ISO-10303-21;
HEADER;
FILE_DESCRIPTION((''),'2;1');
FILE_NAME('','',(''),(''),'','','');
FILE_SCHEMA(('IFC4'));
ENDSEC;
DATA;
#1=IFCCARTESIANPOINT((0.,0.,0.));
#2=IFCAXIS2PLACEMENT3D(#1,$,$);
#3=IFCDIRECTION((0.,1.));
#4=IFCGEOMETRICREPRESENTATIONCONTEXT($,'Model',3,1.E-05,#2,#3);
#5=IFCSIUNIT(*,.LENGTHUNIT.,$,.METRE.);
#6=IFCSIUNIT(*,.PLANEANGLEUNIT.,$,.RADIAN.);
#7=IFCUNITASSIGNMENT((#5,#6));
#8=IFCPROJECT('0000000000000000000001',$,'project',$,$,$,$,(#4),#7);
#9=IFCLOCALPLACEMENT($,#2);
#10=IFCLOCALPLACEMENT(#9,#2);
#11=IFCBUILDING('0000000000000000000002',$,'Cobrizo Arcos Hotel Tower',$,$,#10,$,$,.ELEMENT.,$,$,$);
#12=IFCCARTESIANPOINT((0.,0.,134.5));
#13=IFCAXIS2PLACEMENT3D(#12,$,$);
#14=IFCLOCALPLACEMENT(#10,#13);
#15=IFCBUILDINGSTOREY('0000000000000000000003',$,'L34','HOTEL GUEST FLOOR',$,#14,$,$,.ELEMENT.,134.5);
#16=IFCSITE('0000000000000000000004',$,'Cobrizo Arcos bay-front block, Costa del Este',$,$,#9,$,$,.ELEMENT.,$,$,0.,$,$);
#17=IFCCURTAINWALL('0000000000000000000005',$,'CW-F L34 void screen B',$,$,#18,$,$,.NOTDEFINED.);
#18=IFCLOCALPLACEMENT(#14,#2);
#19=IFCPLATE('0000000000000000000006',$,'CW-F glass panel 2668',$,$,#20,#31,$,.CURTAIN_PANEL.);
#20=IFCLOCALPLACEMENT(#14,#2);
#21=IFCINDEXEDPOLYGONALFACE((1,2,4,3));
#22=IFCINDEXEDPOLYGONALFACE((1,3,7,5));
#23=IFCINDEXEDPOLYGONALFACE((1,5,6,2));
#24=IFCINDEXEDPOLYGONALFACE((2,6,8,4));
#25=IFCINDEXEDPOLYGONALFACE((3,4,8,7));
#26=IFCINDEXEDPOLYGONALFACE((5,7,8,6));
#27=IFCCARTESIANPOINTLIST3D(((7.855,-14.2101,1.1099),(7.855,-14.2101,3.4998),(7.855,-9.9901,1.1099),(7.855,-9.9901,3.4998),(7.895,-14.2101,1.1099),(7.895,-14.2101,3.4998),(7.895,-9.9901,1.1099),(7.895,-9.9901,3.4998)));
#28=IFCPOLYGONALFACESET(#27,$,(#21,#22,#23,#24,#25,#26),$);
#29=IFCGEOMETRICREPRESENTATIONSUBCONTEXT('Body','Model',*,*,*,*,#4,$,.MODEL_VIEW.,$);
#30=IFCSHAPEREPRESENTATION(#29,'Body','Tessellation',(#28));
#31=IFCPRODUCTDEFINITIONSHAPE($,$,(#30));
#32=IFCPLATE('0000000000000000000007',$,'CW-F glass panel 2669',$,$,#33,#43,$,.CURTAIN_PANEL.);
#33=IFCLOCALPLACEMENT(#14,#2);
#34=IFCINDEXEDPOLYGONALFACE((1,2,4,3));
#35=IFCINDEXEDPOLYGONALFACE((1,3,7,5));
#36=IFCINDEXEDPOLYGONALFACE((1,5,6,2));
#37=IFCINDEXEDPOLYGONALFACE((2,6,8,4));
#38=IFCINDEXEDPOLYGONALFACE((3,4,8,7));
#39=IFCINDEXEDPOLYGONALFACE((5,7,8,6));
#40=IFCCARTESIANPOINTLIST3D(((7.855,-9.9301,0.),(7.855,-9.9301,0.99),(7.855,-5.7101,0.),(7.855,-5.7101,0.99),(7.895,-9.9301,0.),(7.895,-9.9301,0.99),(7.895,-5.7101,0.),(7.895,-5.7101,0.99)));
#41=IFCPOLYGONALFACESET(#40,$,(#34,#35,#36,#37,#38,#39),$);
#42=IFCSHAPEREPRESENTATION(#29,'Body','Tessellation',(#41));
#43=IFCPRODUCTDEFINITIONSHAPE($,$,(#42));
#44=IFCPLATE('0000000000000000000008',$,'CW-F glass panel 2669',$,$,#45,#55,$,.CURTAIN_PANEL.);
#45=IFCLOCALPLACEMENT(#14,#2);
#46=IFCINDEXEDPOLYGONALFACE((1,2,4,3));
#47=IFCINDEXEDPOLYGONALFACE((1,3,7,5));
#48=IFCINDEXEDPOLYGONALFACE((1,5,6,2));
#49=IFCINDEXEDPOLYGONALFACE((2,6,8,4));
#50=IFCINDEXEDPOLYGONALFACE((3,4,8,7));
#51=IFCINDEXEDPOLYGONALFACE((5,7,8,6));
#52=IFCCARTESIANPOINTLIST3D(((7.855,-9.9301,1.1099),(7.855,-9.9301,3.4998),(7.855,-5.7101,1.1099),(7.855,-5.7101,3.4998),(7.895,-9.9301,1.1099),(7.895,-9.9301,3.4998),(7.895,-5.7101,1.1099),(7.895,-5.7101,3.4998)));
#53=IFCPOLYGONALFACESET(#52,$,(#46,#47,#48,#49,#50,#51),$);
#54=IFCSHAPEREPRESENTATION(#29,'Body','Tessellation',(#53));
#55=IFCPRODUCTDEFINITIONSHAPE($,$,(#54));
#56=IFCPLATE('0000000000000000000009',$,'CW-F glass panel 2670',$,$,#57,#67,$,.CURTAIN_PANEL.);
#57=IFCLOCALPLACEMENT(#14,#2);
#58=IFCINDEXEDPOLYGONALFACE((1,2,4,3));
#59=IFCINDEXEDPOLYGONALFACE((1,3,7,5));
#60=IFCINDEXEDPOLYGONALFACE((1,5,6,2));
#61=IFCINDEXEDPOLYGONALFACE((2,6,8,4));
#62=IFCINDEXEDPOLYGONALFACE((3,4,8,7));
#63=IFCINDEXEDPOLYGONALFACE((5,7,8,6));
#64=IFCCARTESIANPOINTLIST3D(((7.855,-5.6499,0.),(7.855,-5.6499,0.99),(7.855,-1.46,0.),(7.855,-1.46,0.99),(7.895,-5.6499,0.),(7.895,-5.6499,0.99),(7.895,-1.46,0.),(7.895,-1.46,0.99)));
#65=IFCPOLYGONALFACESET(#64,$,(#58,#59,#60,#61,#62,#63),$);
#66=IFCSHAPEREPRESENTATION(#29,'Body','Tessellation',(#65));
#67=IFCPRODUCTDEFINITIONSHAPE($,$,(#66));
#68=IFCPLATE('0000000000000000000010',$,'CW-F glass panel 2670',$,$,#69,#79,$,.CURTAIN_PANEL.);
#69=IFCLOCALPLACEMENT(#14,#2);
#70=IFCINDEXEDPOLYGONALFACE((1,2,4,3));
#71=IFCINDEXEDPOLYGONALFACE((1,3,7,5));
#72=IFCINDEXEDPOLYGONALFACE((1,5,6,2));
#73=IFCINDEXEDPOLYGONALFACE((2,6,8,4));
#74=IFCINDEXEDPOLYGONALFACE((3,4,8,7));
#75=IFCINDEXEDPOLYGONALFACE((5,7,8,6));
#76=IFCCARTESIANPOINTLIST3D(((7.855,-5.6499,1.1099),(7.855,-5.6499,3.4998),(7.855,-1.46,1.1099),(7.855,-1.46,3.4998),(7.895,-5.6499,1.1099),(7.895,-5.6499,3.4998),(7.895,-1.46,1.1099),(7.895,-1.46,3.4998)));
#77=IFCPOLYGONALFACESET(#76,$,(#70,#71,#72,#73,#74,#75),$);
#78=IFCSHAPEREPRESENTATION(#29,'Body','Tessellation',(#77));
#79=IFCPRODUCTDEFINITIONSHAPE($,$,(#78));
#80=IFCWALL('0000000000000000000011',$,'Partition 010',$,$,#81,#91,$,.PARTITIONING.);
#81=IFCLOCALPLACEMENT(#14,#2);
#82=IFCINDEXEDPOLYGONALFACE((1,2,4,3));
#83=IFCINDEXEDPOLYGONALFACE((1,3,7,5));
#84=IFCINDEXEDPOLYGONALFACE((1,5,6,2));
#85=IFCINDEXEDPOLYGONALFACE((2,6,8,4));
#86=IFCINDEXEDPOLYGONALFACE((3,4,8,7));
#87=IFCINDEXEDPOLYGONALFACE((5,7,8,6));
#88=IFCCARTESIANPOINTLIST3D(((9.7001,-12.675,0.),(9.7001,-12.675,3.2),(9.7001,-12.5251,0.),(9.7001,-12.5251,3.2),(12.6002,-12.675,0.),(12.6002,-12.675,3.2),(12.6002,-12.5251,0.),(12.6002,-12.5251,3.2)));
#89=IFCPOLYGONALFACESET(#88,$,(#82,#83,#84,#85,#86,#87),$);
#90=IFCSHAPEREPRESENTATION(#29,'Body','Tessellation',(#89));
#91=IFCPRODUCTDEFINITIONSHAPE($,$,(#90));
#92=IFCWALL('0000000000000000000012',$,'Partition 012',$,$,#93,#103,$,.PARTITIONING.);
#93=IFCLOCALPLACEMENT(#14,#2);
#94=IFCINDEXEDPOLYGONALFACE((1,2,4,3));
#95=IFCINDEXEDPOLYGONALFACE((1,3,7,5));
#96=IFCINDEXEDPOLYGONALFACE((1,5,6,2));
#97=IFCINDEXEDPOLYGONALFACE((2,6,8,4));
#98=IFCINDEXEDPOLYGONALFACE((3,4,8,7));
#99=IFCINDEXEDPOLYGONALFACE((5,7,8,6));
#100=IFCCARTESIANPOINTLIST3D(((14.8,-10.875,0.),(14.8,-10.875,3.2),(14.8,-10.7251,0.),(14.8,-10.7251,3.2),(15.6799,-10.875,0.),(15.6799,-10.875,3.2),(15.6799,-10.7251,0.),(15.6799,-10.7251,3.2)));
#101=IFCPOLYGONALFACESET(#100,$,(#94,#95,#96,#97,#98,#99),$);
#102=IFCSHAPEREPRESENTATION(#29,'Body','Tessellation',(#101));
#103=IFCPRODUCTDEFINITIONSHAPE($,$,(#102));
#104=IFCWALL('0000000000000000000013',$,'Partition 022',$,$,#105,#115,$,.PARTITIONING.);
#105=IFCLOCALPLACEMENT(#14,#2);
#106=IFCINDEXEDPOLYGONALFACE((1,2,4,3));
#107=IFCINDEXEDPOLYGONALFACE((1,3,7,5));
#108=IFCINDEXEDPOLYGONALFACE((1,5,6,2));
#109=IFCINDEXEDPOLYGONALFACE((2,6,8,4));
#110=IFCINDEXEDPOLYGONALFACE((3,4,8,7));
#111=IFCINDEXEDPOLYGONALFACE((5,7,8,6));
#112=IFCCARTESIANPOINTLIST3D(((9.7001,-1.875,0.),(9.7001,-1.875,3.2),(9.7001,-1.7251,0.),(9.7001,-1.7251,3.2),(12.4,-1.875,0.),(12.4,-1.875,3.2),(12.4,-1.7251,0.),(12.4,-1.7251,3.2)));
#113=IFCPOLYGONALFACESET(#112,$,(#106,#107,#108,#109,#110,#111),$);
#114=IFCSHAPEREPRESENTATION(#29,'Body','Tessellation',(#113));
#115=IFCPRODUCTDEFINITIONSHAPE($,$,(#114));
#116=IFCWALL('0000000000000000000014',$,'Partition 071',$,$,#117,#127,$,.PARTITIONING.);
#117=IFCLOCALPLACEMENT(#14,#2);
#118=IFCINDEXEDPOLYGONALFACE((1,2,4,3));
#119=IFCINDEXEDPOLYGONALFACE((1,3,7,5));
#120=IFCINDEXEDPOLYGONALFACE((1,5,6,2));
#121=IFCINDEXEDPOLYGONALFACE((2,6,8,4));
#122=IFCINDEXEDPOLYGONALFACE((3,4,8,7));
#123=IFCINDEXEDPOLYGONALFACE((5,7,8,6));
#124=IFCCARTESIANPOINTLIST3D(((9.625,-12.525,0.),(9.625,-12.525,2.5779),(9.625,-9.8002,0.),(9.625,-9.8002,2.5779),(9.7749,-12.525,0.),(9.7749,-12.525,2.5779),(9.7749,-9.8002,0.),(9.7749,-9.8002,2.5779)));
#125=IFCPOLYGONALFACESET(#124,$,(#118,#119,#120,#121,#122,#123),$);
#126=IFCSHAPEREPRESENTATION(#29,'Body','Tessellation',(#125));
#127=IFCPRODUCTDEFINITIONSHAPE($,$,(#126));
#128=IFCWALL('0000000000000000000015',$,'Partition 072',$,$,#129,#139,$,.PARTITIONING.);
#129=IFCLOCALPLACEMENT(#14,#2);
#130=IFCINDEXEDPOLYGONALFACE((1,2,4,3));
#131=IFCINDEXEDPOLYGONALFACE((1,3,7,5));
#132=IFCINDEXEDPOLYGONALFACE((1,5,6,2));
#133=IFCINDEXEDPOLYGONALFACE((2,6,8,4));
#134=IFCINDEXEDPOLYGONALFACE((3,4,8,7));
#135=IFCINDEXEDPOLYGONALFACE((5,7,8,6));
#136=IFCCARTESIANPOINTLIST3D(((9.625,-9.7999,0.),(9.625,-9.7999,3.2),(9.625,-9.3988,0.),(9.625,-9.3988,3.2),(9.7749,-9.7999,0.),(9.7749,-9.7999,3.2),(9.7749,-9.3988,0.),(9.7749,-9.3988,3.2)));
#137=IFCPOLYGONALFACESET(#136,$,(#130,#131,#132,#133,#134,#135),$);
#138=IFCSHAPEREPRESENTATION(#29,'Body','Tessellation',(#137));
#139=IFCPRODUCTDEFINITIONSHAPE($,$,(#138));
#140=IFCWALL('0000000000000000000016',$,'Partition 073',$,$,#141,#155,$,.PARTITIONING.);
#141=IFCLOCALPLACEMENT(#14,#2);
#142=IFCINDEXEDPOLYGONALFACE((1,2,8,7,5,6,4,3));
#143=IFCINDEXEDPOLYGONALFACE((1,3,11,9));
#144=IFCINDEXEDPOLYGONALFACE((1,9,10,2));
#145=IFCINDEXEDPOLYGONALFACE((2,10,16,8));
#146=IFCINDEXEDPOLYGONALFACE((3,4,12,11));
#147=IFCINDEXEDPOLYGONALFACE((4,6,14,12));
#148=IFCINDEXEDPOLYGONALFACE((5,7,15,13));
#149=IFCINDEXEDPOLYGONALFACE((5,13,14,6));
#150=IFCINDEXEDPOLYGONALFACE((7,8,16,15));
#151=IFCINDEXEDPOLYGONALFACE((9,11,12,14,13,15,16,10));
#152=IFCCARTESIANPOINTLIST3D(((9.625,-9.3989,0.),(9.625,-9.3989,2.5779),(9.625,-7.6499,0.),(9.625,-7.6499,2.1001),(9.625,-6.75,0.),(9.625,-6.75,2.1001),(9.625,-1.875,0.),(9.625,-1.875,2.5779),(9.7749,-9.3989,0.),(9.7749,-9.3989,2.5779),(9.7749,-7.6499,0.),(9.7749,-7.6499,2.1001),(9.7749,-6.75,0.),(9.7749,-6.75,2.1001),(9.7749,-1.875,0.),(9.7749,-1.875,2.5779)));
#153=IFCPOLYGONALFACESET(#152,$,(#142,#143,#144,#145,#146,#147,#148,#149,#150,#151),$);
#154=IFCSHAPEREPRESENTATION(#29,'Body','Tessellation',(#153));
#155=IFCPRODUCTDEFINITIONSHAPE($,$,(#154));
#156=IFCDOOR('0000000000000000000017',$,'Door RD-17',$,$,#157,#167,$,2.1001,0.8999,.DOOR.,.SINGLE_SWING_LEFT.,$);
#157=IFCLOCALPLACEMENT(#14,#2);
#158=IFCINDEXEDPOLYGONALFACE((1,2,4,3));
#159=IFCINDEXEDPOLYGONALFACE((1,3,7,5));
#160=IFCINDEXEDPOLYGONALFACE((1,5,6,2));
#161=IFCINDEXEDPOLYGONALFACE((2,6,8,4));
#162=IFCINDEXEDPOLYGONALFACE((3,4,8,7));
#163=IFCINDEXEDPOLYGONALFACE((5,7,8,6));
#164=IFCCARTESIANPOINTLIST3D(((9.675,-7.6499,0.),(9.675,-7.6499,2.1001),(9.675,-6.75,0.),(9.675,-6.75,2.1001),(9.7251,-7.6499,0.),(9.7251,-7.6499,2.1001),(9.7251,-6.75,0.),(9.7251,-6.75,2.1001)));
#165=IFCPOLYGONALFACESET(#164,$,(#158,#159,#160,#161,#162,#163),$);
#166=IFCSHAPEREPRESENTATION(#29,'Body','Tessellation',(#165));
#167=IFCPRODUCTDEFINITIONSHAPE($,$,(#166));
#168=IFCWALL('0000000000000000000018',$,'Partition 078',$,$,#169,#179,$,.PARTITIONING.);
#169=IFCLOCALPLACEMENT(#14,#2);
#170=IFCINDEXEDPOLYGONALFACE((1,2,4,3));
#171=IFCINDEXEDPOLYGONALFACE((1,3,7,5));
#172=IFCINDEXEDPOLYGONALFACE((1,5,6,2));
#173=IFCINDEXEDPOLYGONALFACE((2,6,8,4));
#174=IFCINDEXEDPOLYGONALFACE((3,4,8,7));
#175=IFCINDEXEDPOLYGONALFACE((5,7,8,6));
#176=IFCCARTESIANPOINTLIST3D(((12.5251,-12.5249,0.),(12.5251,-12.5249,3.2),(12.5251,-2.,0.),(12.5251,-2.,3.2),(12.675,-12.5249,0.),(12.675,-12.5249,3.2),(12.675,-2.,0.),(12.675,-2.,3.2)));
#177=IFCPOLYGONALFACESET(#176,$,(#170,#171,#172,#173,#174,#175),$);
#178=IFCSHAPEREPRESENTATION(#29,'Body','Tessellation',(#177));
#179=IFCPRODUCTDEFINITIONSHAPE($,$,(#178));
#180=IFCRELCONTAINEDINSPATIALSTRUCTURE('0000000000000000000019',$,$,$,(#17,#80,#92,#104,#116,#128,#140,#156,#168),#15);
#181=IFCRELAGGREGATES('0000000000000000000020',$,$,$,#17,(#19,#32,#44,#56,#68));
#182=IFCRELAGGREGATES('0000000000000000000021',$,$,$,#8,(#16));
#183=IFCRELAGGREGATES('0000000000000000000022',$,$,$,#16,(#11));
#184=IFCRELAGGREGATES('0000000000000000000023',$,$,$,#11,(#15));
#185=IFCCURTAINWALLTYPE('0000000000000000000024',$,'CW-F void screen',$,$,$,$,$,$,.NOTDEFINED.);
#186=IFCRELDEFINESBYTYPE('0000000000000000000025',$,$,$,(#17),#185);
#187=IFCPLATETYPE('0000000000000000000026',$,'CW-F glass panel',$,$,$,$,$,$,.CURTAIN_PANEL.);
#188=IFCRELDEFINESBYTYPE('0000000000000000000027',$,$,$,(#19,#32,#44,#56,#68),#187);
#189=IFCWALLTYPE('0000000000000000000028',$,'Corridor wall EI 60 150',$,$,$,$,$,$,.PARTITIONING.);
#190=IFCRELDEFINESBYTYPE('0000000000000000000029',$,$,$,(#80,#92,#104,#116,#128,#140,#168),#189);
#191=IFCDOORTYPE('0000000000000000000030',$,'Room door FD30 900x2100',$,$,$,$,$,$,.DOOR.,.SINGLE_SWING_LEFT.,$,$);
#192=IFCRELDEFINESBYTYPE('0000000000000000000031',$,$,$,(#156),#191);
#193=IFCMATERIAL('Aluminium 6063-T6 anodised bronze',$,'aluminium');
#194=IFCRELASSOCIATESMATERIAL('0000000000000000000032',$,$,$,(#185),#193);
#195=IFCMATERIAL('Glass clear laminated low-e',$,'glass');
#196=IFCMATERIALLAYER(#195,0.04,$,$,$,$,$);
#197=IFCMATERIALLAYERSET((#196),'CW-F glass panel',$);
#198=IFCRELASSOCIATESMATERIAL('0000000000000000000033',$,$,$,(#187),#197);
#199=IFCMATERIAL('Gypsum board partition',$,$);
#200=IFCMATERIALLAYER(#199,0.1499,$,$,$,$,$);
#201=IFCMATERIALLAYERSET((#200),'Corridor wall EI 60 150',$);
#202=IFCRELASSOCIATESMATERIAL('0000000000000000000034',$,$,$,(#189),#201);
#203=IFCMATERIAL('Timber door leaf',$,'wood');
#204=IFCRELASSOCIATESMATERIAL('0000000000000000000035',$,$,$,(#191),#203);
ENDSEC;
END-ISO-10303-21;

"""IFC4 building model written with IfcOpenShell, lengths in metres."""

from ifc_helpers import new_model, si_unit, direction, frame, frame_2d, origin, origin_2d, place, context, subcontext, project, spatial, rectangle, extrude, material, layer, layer_set, type_object, element, fill, aggregate, save


model = new_model("IFC4")

# Units and contexts
model_context = context("Model", 3, precision=1e-05, world=origin(), true_north=direction((0.0, 1.0)))
body_context = subcontext(model_context, "Body", "Model", "MODEL_VIEW")
ifc_project = project(units=[si_unit("LENGTHUNIT", "METRE"), si_unit("PLANEANGLEUNIT", "RADIAN")], contexts=[model_context])

# Site, building, storey
site_placement = place(None, origin())
site = spatial("IfcSite", under=ifc_project, at=site_placement, Name="Cobrizo Arcos bay-front block, Costa del Este", CompositionType="ELEMENT", RefElevation=0.0)
building_placement = place(site_placement, origin())
building = spatial("IfcBuilding", under=site, at=building_placement, Name="Cobrizo Arcos Hotel Tower", CompositionType="ELEMENT")
storey_placement = place(building_placement, frame((0.0, 0.0, 134.5)))
storey = spatial("IfcBuildingStorey", under=building, at=storey_placement, Name="L34", Description="HOTEL GUEST FLOOR", CompositionType="ELEMENT", Elevation=134.5)

# Curtain wall
ifc_material_1 = material(Name="Aluminium 6063-T6 anodised bronze", Category="aluminium")
curtain_wall_type = type_object("IfcCurtainWallType", Name="CW-F void screen", PredefinedType="NOTDEFINED", material=ifc_material_1)
curtain_wall_placement = place(storey_placement, origin())
curtain_wall = element("IfcCurtainWall", 1, at=curtain_wall_placement, inside=storey, type_object=curtain_wall_type, Name="CW-F L34 void screen B", PredefinedType="NOTDEFINED")

# Plates
ifc_material_2 = material(Name="Glass clear laminated low-e", Category="glass")
ifc_layer_1 = layer(ifc_material_2, 0.04)
ifc_layer_set_1 = layer_set([ifc_layer_1], Name="CW-F glass panel")
plate_type = type_object("IfcPlateType", Name="CW-F glass panel", PredefinedType="CURTAIN_PANEL", material=ifc_layer_set_1)
plate_1_placement = place(storey_placement, frame((7.875, -12.1001, 1.1099), z_axis=(0.0, 0.0, 1.0), x_axis=(0.0, 1.0, 0.0)))
plate_1 = element("IfcPlate", 2, at=plate_1_placement, type_object=plate_type, Name="CW-F glass panel 2668", PredefinedType="CURTAIN_PANEL", context=body_context, shape_type="SweptSolid", body=[
    extrude(rectangle(XDim=4.22, YDim=0.04, at=origin_2d()), origin(), (0.0, 0.0, 1.0), 2.3899),
])
plate_2_placement = place(storey_placement, frame((7.875, -7.8201, 0.0), z_axis=(0.0, 0.0, 1.0), x_axis=(0.0, 1.0, 0.0)))
plate_2 = element("IfcPlate", 3, at=plate_2_placement, type_object=plate_type, Name="CW-F glass panel 2669", PredefinedType="CURTAIN_PANEL", context=body_context, shape_type="SweptSolid", body=[
    extrude(rectangle(XDim=4.22, YDim=0.04, at=origin_2d()), origin(), (0.0, 0.0, 1.0), 0.99),
])
plate_3_placement = place(storey_placement, frame((7.875, -7.8201, 1.1099), z_axis=(0.0, 0.0, 1.0), x_axis=(0.0, 1.0, 0.0)))
plate_3 = element("IfcPlate", 4, at=plate_3_placement, type_object=plate_type, Name="CW-F glass panel 2669", PredefinedType="CURTAIN_PANEL", context=body_context, shape_type="SweptSolid", body=[
    extrude(rectangle(XDim=4.22, YDim=0.04, at=origin_2d()), origin(), (0.0, 0.0, 1.0), 2.3899),
])
plate_4_placement = place(storey_placement, frame((7.875, -3.5549, 0.0), z_axis=(0.0, 0.0, 1.0), x_axis=(0.0, 1.0, 0.0)))
plate_4 = element("IfcPlate", 5, at=plate_4_placement, type_object=plate_type, Name="CW-F glass panel 2670", PredefinedType="CURTAIN_PANEL", context=body_context, shape_type="SweptSolid", body=[
    extrude(rectangle(XDim=4.1899, YDim=0.04, at=origin_2d()), origin(), (0.0, 0.0, 1.0), 0.99),
])
plate_5_placement = place(storey_placement, frame((7.875, -3.5549, 1.1099), z_axis=(0.0, 0.0, 1.0), x_axis=(0.0, 1.0, 0.0)))
plate_5 = element("IfcPlate", 6, at=plate_5_placement, type_object=plate_type, Name="CW-F glass panel 2670", PredefinedType="CURTAIN_PANEL", context=body_context, shape_type="SweptSolid", body=[
    extrude(rectangle(XDim=4.1899, YDim=0.04, at=origin_2d()), origin(), (0.0, 0.0, 1.0), 2.3899),
])
aggregate(curtain_wall, [plate_1, plate_2, plate_3, plate_4, plate_5])

# Walls
ifc_material_3 = material(Name="Gypsum board partition")
ifc_layer_2 = layer(ifc_material_3, 0.1499)
ifc_layer_set_2 = layer_set([ifc_layer_2], Name="Corridor wall EI 60 150")
wall_type_1 = type_object("IfcWallType", Name="Corridor wall EI 60 150", PredefinedType="PARTITIONING", material=ifc_layer_set_2)
wall_1_placement = place(storey_placement, frame((9.7, -12.6001, 0.0), z_axis=(0.0, 0.0, 1.0), x_axis=(1.0, 0.0, 0.0)))
element("IfcWall", 7, at=wall_1_placement, inside=storey, type_object=wall_type_1, Name="Partition 010", PredefinedType="PARTITIONING", context=body_context, shape_type="SweptSolid", body=[
    extrude(rectangle(XDim=2.9001, YDim=0.1499, at=frame_2d((1.4502, 0.0))), origin(), (0.0, 0.0, 1.0), 3.2),
])
wall_2_placement = place(storey_placement, frame((14.8, -10.8, 0.0), z_axis=(0.0, 0.0, 1.0), x_axis=(1.0, 0.0, 0.0)))
element("IfcWall", 8, at=wall_2_placement, inside=storey, type_object=wall_type_1, Name="Partition 012", PredefinedType="PARTITIONING", context=body_context, shape_type="SweptSolid", body=[
    extrude(rectangle(XDim=0.8799, YDim=0.1499, at=frame_2d((0.4399, 0.0))), origin(), (0.0, 0.0, 1.0), 3.2),
])
wall_3_placement = place(storey_placement, frame((9.7, -1.8, 0.0), z_axis=(0.0, 0.0, 1.0), x_axis=(1.0, 0.0, 0.0)))
element("IfcWall", 9, at=wall_3_placement, inside=storey, type_object=wall_type_1, Name="Partition 022", PredefinedType="PARTITIONING", context=body_context, shape_type="SweptSolid", body=[
    extrude(rectangle(XDim=2.7, YDim=0.1499, at=frame_2d((1.3501, 0.0))), origin(), (0.0, 0.0, 1.0), 3.2),
])
wall_4_placement = place(storey_placement, frame((9.7, -12.5249, 0.0), z_axis=(0.0, 0.0, 1.0), x_axis=(0.0, 1.0, 0.0)))
element("IfcWall", 10, at=wall_4_placement, inside=storey, type_object=wall_type_1, Name="Partition 071", PredefinedType="PARTITIONING", context=body_context, shape_type="SweptSolid", body=[
    extrude(rectangle(XDim=2.7249, YDim=0.1499, at=frame_2d((1.3623, 0.0))), origin(), (0.0, 0.0, 1.0), 2.5779),
])
wall_5_placement = place(storey_placement, frame((9.7, -9.8, 0.0), z_axis=(0.0, 0.0, 1.0), x_axis=(0.0, 1.0, 0.0)))
element("IfcWall", 11, at=wall_5_placement, inside=storey, type_object=wall_type_1, Name="Partition 072", PredefinedType="PARTITIONING", context=body_context, shape_type="SweptSolid", body=[
    extrude(rectangle(XDim=0.4011, YDim=0.1499, at=frame_2d((0.2007, 0.0))), origin(), (0.0, 0.0, 1.0), 3.2),
])

# Wall, opening, door
wall_6_placement = place(storey_placement, frame((9.7, -9.3989, 0.0), z_axis=(0.0, 0.0, 1.0), x_axis=(0.0, 1.0, 0.0)))
wall_6 = element("IfcWall", 12, at=wall_6_placement, inside=storey, type_object=wall_type_1, Name="Partition 073", PredefinedType="PARTITIONING", context=body_context, shape_type="SweptSolid", body=[
    extrude(rectangle(XDim=7.5239, YDim=0.1499, at=frame_2d((3.762, 0.0))), origin(), (0.0, 0.0, 1.0), 2.5779),
])
opening_1_placement = place(wall_6_placement, frame((1.749, 0.0, 0.0)))
opening_1 = element("IfcOpeningElement", 13, at=opening_1_placement, cuts=wall_6, PredefinedType="OPENING", context=body_context, shape_type="SweptSolid", body=[
    extrude(rectangle(XDim=0.8999, YDim=2.1001, at=frame_2d((0.45, 1.05))), frame((0.0, 0.0869, 0.0), z_axis=(0.0, -1.0, 0.0), x_axis=(1.0, 0.0, 0.0)), (0.0, 0.0, 1.0), 0.1738),
])
ifc_material_4 = material(Name="Timber door leaf", Category="wood")
door_type_1 = type_object("IfcDoorType", Name="Room door FD30 900x2100", OperationType="SINGLE_SWING_LEFT", PredefinedType="DOOR", material=ifc_material_4)
door_1_placement = place(opening_1_placement, origin())
door_1 = element("IfcDoor", 14, at=door_1_placement, inside=storey, type_object=door_type_1, Name="Door RD-17", OperationType="SINGLE_SWING_LEFT", OverallHeight=2.1001, OverallWidth=0.8999, PredefinedType="DOOR", context=body_context, shape_type="SweptSolid", body=[
    extrude(rectangle(XDim=0.8999, YDim=2.1001, at=frame_2d((0.45, 1.05))), frame((0.0, 0.0249, 0.0), z_axis=(0.0, -1.0, 0.0), x_axis=(1.0, 0.0, 0.0)), (0.0, 0.0, 1.0), 0.05),
])
fill(opening_1, door_1)

# Wall
wall_7_placement = place(storey_placement, frame((12.6001, -12.5249, 0.0), z_axis=(0.0, 0.0, 1.0), x_axis=(0.0, 1.0, 0.0)))
element("IfcWall", 15, at=wall_7_placement, inside=storey, type_object=wall_type_1, Name="Partition 078", PredefinedType="PARTITIONING", context=body_context, shape_type="SweptSolid", body=[
    extrude(rectangle(XDim=10.5249, YDim=0.1499, at=frame_2d((5.2625, 0.0))), origin(), (0.0, 0.0, 1.0), 3.2),
])

save(model, "model.ifc")
